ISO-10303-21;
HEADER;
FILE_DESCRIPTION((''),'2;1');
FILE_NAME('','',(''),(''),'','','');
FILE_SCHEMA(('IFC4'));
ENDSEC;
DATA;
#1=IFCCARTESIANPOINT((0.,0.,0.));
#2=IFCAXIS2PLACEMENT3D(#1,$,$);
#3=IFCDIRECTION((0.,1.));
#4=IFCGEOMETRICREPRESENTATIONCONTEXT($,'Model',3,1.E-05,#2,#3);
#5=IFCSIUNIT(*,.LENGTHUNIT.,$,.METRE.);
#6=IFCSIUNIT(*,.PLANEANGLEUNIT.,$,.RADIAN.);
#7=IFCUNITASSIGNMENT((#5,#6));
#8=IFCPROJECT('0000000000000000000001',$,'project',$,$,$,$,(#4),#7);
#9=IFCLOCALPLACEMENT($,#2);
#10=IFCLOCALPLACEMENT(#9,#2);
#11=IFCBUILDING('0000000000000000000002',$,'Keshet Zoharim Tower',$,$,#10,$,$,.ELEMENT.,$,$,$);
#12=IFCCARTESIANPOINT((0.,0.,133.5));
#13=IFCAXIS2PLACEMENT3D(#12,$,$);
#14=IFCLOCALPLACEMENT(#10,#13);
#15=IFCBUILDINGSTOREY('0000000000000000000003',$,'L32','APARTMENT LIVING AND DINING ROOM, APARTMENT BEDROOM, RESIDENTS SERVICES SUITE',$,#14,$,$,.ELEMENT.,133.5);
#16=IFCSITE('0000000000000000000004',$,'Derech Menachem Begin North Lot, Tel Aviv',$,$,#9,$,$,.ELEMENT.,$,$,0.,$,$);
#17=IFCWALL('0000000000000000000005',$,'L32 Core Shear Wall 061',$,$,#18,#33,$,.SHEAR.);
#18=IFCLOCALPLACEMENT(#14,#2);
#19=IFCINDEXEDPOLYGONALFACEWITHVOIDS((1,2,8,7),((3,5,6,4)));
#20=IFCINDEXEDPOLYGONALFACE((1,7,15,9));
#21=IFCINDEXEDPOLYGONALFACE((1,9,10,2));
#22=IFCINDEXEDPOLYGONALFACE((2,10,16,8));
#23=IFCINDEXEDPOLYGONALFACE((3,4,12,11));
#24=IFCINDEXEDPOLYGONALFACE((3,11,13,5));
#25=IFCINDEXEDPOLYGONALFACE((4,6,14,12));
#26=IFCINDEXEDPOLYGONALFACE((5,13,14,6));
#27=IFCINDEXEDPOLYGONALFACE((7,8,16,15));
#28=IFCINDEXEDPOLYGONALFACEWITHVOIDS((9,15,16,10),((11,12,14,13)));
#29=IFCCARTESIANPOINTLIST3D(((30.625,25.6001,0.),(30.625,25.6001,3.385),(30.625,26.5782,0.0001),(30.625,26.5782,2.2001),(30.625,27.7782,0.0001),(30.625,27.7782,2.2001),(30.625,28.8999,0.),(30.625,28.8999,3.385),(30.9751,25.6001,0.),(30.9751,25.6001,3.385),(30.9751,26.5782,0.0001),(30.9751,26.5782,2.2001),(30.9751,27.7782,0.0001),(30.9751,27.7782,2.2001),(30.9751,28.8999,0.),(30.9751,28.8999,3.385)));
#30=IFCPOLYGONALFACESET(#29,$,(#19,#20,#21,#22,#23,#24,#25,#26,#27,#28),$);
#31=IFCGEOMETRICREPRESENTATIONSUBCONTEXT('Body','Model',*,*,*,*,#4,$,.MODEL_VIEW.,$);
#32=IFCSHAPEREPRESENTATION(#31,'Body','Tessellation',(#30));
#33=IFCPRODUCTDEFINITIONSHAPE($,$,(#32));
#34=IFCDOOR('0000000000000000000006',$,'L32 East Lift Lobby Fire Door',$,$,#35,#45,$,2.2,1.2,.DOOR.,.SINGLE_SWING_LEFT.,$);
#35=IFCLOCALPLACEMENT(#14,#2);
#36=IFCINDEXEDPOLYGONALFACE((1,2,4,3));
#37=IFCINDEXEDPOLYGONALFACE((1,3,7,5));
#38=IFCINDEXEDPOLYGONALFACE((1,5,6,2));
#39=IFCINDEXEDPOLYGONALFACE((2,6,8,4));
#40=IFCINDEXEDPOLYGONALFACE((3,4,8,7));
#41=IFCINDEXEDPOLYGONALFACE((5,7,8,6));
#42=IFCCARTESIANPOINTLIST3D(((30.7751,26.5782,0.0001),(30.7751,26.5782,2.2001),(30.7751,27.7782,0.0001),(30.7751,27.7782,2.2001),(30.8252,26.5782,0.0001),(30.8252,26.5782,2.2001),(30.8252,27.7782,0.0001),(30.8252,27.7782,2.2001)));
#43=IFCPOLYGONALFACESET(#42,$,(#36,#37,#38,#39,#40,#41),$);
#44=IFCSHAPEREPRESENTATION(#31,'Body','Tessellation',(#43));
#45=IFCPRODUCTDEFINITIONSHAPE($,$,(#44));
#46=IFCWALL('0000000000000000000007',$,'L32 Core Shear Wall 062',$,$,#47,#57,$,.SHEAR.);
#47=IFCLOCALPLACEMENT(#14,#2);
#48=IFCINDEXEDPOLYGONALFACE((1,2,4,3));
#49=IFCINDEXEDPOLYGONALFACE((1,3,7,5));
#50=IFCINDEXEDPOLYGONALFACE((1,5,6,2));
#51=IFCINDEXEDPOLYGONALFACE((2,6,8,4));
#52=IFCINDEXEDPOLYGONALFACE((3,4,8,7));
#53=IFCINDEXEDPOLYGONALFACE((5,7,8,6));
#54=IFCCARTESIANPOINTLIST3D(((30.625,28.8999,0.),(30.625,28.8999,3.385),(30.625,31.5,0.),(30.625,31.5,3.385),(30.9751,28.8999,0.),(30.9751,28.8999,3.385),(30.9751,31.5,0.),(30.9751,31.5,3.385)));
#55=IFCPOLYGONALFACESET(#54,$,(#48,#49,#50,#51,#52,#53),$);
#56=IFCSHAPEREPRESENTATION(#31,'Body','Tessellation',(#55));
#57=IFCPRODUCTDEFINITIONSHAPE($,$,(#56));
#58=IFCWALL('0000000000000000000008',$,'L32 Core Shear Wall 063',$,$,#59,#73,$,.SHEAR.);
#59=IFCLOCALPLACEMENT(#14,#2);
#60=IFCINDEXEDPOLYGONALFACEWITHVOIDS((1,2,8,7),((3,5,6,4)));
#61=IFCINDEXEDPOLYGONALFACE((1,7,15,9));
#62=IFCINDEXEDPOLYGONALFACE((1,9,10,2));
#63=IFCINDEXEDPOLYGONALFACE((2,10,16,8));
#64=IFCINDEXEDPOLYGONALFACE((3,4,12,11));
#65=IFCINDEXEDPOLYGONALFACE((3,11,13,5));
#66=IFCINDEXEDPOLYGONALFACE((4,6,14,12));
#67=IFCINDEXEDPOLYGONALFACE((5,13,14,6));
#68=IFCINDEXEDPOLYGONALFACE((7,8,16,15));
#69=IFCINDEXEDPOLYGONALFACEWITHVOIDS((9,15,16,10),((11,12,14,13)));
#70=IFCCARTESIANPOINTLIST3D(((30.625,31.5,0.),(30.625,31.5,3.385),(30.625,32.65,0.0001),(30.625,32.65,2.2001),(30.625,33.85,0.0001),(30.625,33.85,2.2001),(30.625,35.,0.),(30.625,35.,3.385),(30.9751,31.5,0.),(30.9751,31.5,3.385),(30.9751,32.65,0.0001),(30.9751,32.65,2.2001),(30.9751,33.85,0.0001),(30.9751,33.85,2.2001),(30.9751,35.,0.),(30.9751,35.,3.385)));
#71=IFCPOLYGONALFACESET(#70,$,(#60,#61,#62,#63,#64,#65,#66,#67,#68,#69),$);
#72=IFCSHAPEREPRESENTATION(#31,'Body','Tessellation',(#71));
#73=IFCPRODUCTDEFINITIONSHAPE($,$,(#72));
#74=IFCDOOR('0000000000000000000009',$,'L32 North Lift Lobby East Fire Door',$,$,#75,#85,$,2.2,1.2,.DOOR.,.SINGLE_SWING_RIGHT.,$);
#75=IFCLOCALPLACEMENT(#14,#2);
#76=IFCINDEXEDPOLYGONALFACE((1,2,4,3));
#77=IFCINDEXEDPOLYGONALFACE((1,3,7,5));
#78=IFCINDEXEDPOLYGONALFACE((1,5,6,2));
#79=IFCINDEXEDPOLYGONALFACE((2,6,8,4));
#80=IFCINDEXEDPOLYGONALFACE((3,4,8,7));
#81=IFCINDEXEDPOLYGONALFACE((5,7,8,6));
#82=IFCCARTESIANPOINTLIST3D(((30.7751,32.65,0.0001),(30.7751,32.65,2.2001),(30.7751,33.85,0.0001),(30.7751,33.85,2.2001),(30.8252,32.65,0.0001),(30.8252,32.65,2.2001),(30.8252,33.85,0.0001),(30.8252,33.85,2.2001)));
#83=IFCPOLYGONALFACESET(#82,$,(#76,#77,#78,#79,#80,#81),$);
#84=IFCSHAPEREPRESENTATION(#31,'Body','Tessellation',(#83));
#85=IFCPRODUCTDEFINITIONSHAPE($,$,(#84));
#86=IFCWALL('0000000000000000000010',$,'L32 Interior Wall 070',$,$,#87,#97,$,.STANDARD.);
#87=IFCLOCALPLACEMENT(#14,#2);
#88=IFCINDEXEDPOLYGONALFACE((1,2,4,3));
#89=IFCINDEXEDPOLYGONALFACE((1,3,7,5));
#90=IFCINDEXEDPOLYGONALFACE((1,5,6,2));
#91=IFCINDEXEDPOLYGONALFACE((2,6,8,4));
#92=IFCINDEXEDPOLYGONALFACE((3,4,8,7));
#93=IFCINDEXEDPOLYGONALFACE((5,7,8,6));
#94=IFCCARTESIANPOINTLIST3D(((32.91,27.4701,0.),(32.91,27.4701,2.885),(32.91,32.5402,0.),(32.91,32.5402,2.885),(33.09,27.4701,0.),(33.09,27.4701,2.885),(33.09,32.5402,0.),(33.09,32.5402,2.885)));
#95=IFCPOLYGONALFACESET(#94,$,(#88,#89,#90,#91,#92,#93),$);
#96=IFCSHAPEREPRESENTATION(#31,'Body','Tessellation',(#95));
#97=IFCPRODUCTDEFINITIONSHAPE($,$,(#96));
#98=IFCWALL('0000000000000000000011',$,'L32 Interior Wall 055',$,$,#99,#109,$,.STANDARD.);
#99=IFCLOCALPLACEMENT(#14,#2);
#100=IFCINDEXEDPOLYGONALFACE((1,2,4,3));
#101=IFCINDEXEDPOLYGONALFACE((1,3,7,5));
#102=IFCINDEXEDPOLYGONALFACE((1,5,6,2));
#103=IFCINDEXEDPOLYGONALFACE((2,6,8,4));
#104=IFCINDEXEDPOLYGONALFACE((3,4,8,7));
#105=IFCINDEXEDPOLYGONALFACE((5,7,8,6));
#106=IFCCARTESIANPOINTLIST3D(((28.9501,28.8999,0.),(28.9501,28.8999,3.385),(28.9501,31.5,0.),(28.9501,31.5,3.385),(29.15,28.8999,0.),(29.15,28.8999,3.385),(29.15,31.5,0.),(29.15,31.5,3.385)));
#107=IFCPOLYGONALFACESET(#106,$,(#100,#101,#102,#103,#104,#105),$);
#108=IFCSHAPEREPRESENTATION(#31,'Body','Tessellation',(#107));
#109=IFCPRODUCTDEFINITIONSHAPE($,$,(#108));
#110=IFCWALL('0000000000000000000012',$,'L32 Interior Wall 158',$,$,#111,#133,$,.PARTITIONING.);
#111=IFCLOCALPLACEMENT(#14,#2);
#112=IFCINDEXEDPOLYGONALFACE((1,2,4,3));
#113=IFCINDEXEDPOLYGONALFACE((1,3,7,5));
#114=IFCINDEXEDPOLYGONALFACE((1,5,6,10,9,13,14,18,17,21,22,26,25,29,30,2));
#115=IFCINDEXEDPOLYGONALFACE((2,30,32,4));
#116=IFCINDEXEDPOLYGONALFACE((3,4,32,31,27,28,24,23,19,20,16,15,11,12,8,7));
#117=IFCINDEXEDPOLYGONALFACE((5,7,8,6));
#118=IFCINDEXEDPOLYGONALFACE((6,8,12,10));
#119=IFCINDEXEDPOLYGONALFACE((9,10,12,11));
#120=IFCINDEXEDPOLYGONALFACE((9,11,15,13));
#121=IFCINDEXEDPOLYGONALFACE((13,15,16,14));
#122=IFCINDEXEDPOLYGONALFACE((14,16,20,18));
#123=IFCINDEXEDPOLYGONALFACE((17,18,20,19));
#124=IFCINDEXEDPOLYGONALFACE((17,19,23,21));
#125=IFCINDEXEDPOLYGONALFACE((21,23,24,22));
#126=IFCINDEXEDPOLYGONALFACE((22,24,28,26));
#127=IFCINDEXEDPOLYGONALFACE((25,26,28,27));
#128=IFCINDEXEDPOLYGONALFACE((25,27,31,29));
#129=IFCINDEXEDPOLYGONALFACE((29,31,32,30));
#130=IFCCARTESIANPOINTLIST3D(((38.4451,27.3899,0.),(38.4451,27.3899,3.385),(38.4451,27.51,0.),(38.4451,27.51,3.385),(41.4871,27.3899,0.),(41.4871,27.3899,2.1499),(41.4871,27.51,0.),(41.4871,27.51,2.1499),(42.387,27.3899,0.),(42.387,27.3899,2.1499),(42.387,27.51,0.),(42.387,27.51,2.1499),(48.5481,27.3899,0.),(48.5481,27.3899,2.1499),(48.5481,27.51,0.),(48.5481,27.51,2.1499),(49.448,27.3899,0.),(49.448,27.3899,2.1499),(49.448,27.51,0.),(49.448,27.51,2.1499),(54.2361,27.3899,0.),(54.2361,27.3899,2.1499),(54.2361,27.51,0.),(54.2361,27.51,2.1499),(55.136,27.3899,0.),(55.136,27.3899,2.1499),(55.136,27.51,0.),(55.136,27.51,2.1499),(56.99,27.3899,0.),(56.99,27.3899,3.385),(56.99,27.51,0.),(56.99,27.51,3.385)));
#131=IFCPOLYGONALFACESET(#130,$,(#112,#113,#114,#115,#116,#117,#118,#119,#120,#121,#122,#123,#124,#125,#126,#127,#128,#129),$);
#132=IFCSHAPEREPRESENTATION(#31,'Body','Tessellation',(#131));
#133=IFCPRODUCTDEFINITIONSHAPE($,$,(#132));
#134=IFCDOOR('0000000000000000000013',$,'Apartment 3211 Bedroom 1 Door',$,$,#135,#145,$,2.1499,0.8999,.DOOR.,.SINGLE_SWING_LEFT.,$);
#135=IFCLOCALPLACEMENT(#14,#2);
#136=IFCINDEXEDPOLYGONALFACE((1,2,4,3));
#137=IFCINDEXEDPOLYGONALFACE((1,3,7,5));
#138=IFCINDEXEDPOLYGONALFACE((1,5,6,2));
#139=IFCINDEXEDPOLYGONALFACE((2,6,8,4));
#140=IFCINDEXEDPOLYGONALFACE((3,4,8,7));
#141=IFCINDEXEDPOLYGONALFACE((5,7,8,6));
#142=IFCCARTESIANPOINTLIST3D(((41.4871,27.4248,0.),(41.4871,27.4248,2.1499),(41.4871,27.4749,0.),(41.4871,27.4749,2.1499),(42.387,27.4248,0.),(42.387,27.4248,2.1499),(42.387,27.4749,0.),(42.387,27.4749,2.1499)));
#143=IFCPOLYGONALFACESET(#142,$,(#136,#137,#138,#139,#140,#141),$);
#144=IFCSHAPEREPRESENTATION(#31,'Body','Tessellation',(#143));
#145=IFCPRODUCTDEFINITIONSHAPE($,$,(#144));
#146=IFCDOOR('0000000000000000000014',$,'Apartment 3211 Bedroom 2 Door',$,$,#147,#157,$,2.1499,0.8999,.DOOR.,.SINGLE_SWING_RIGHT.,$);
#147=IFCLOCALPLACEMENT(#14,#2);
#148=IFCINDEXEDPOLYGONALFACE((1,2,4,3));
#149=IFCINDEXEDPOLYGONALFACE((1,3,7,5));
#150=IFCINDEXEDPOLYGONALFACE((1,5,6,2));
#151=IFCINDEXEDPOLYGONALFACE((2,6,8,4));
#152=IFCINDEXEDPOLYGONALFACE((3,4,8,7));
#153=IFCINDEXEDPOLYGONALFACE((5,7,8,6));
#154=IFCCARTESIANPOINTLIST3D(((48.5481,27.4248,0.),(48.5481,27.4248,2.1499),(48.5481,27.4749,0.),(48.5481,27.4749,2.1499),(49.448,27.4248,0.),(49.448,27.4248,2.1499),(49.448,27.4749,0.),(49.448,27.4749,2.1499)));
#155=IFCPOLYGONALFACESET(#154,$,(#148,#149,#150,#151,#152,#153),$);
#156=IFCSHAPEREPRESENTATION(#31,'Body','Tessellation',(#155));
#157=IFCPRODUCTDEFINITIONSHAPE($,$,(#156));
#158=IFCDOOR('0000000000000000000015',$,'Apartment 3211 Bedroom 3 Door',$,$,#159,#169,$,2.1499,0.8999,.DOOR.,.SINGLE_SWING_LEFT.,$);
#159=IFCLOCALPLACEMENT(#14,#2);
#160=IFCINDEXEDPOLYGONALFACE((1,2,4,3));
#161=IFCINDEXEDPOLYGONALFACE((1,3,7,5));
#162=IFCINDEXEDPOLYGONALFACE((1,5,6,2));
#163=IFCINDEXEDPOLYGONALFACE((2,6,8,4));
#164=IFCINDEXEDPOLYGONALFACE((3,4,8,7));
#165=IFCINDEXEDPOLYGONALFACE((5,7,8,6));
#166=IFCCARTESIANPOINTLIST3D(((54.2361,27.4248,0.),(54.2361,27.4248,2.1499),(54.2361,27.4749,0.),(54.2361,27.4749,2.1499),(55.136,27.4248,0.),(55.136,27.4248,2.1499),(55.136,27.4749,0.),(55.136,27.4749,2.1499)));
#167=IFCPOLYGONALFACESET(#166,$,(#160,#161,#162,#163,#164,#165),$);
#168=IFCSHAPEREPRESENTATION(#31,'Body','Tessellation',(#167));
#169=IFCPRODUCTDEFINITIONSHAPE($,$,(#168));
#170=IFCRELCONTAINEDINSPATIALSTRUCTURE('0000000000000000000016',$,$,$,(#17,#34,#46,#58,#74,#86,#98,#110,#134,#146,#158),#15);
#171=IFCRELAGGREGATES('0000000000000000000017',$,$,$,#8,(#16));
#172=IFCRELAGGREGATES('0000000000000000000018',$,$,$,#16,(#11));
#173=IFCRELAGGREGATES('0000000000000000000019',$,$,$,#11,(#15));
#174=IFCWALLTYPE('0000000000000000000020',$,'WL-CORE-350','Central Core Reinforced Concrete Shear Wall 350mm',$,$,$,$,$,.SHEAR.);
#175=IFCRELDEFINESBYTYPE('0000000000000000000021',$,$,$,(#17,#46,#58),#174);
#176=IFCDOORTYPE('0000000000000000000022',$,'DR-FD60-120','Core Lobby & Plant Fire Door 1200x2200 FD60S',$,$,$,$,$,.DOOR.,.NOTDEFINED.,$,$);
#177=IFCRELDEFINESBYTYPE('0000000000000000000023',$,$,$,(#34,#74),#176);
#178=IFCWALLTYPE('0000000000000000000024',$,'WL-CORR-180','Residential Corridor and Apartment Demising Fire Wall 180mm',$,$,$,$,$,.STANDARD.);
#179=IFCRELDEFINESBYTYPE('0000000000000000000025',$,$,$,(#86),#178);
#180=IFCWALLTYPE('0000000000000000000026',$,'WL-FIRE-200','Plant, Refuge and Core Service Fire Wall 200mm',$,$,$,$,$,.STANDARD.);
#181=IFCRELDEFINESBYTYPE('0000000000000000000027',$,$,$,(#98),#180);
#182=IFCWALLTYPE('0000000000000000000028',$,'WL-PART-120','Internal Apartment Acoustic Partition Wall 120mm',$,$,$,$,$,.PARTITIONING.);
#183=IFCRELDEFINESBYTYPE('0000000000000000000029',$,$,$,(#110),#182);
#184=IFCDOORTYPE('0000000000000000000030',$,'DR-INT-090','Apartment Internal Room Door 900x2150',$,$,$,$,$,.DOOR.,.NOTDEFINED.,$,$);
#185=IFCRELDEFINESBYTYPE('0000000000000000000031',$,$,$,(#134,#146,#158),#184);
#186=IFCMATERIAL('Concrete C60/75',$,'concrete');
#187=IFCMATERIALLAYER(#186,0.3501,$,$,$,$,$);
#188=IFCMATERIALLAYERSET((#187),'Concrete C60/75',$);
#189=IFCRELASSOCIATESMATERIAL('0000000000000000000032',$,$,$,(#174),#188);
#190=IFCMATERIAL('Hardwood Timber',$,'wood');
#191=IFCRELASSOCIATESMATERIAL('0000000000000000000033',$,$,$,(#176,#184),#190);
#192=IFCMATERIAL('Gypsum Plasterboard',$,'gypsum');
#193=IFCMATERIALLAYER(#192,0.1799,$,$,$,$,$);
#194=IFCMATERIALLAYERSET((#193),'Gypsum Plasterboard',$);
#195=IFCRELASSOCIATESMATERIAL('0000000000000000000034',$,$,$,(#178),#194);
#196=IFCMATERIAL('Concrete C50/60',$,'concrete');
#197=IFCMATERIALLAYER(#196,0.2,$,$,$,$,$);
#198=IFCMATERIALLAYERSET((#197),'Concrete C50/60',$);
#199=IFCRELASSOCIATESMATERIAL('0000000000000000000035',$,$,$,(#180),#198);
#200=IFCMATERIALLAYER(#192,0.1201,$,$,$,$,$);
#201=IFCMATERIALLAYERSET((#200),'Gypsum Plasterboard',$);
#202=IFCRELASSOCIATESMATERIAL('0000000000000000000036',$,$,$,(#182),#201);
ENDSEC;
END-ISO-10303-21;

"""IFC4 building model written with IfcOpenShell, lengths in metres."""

from ifc_helpers import new_model, si_unit, direction, frame, frame_2d, origin, place, context, subcontext, project, spatial, rectangle, extrude, material, layer, layer_set, type_object, element, fill, save


model = new_model("IFC4")

# Units and contexts
model_context = context("Model", 3, precision=1e-05, world=origin(), true_north=direction((0.0, 1.0)))
body_context = subcontext(model_context, "Body", "Model", "MODEL_VIEW")
ifc_project = project(units=[si_unit("LENGTHUNIT", "METRE"), si_unit("PLANEANGLEUNIT", "RADIAN")], contexts=[model_context])

# Site, building, storey
site_placement = place(None, origin())
site = spatial("IfcSite", under=ifc_project, at=site_placement, Name="Derech Menachem Begin North Lot, Tel Aviv", CompositionType="ELEMENT", RefElevation=0.0)
building_placement = place(site_placement, origin())
building = spatial("IfcBuilding", under=site, at=building_placement, Name="Keshet Zoharim Tower", CompositionType="ELEMENT")
storey_placement = place(building_placement, frame((0.0, 0.0, 133.5)))
storey = spatial("IfcBuildingStorey", under=building, at=storey_placement, Name="L32", Description="APARTMENT LIVING AND DINING ROOM, APARTMENT BEDROOM, RESIDENTS SERVICES SUITE", CompositionType="ELEMENT", Elevation=133.5)

# Shared definitions
ifc_material_1 = material(Name="Concrete C60/75", Category="concrete")

# Wall, opening, door
ifc_material_2 = material(Name="Gypsum Plasterboard", Category="gypsum")
ifc_material_3 = material(Name="Hardwood Timber", Category="wood")
ifc_layer_1 = layer(ifc_material_1, 0.3501)
ifc_layer_set_1 = layer_set([ifc_layer_1], Name="Concrete C60/75")
wall_type_1 = type_object("IfcWallType", Name="WL-CORE-350", Description="Central Core Reinforced Concrete Shear Wall 350mm", PredefinedType="SHEAR", material=ifc_layer_set_1)
wall_1_placement = place(storey_placement, frame((30.8, 25.6001, 0.0), z_axis=(0.0, 0.0, 1.0), x_axis=(0.0, 1.0, 0.0)))
wall_1 = element("IfcWall", 1, at=wall_1_placement, inside=storey, type_object=wall_type_1, Name="L32 Core Shear Wall 061", PredefinedType="SHEAR", context=body_context, shape_type="SweptSolid", body=[
    extrude(rectangle(XDim=3.2998, YDim=0.3501, at=frame_2d((1.6499, 0.0))), origin(), (0.0, 0.0, 1.0), 3.385),
])
opening_1_placement = place(wall_1_placement, frame((0.978, 0.0, 0.0)))
opening_1 = element("IfcOpeningElement", 2, at=opening_1_placement, cuts=wall_1, PredefinedType="OPENING", context=body_context, shape_type="SweptSolid", body=[
    extrude(rectangle(XDim=1.2, YDim=2.2, at=frame_2d((0.6001, 1.1001))), frame((0.0, 0.1851, 0.0), z_axis=(0.0, -1.0, 0.0), x_axis=(1.0, 0.0, 0.0)), (0.0, 0.0, 1.0), 0.3701),
])
door_type_1 = type_object("IfcDoorType", Name="DR-FD60-120", Description="Core Lobby & Plant Fire Door 1200x2200 FD60S", OperationType="NOTDEFINED", PredefinedType="DOOR", material=ifc_material_3)
door_1_placement = place(opening_1_placement, origin())
door_1 = element("IfcDoor", 3, at=door_1_placement, inside=storey, type_object=door_type_1, Name="L32 East Lift Lobby Fire Door", OperationType="SINGLE_SWING_LEFT", OverallHeight=2.2, OverallWidth=1.2, PredefinedType="DOOR", context=body_context, shape_type="SweptSolid", body=[
    extrude(rectangle(XDim=1.2, YDim=2.2, at=frame_2d((0.6001, 1.1001))), frame((0.0, 0.0249, 0.0), z_axis=(0.0, -1.0, 0.0), x_axis=(1.0, 0.0, 0.0)), (0.0, 0.0, 1.0), 0.05),
])
fill(opening_1, door_1)

# Wall
wall_2_placement = place(storey_placement, frame((30.8, 28.8999, 0.0), z_axis=(0.0, 0.0, 1.0), x_axis=(0.0, 1.0, 0.0)))
element("IfcWall", 4, at=wall_2_placement, inside=storey, type_object=wall_type_1, Name="L32 Core Shear Wall 062", PredefinedType="SHEAR", context=body_context, shape_type="SweptSolid", body=[
    extrude(rectangle(XDim=2.6001, YDim=0.3501, at=frame_2d((1.3, 0.0))), origin(), (0.0, 0.0, 1.0), 3.385),
])

# Wall, opening, door
wall_3_placement = place(storey_placement, frame((30.8, 31.5, 0.0), z_axis=(0.0, 0.0, 1.0), x_axis=(0.0, 1.0, 0.0)))
wall_3 = element("IfcWall", 5, at=wall_3_placement, inside=storey, type_object=wall_type_1, Name="L32 Core Shear Wall 063", PredefinedType="SHEAR", context=body_context, shape_type="SweptSolid", body=[
    extrude(rectangle(XDim=3.5, YDim=0.3501, at=frame_2d((1.75, 0.0))), origin(), (0.0, 0.0, 1.0), 3.385),
])
opening_2_placement = place(wall_3_placement, frame((1.1499, 0.0, 0.0)))
opening_2 = element("IfcOpeningElement", 6, at=opening_2_placement, cuts=wall_3, PredefinedType="OPENING", context=body_context, shape_type="SweptSolid", body=[
    extrude(rectangle(XDim=1.2, YDim=2.2, at=frame_2d((0.6001, 1.1001))), frame((0.0, 0.1851, 0.0), z_axis=(0.0, -1.0, 0.0), x_axis=(1.0, 0.0, 0.0)), (0.0, 0.0, 1.0), 0.3701),
])
door_2_placement = place(opening_2_placement, origin())
door_2 = element("IfcDoor", 7, at=door_2_placement, inside=storey, type_object=door_type_1, Name="L32 North Lift Lobby East Fire Door", OperationType="SINGLE_SWING_RIGHT", OverallHeight=2.2, OverallWidth=1.2, PredefinedType="DOOR", context=body_context, shape_type="SweptSolid", body=[
    extrude(rectangle(XDim=1.2, YDim=2.2, at=frame_2d((0.6001, 1.1001))), frame((0.0, 0.0249, 0.0), z_axis=(0.0, -1.0, 0.0), x_axis=(1.0, 0.0, 0.0)), (0.0, 0.0, 1.0), 0.05),
])
fill(opening_2, door_2)

# Walls
ifc_layer_2 = layer(ifc_material_2, 0.1799)
ifc_layer_set_2 = layer_set([ifc_layer_2], Name="Gypsum Plasterboard")
wall_type_2 = type_object("IfcWallType", Name="WL-CORR-180", Description="Residential Corridor and Apartment Demising Fire Wall 180mm", PredefinedType="STANDARD", material=ifc_layer_set_2)
wall_4_placement = place(storey_placement, frame((33.0, 27.47, 0.0), z_axis=(0.0, 0.0, 1.0), x_axis=(0.0, 1.0, 0.0)))
element("IfcWall", 8, at=wall_4_placement, inside=storey, type_object=wall_type_2, Name="L32 Interior Wall 070", PredefinedType="STANDARD", context=body_context, shape_type="SweptSolid", body=[
    extrude(rectangle(XDim=5.0701, YDim=0.1799, at=frame_2d((2.5352, 0.0))), origin(), (0.0, 0.0, 1.0), 2.885),
])
ifc_material_4 = material(Name="Concrete C50/60", Category="concrete")
ifc_layer_3 = layer(ifc_material_4, 0.2)
ifc_layer_set_3 = layer_set([ifc_layer_3], Name="Concrete C50/60")
wall_type_3 = type_object("IfcWallType", Name="WL-FIRE-200", Description="Plant, Refuge and Core Service Fire Wall 200mm", PredefinedType="STANDARD", material=ifc_layer_set_3)
wall_5_placement = place(storey_placement, frame((29.05, 28.8999, 0.0), z_axis=(0.0, 0.0, 1.0), x_axis=(0.0, 1.0, 0.0)))
element("IfcWall", 9, at=wall_5_placement, inside=storey, type_object=wall_type_3, Name="L32 Interior Wall 055", PredefinedType="STANDARD", context=body_context, shape_type="SweptSolid", body=[
    extrude(rectangle(XDim=2.6001, YDim=0.2, at=frame_2d((1.3, 0.0))), origin(), (0.0, 0.0, 1.0), 3.385),
])

# Shared definitions
ifc_layer_4 = layer(ifc_material_2, 0.1201)
ifc_layer_set_4 = layer_set([ifc_layer_4], Name="Gypsum Plasterboard")
wall_type_4 = type_object("IfcWallType", Name="WL-PART-120", Description="Internal Apartment Acoustic Partition Wall 120mm", PredefinedType="PARTITIONING", material=ifc_layer_set_4)
door_type_2 = type_object("IfcDoorType", Name="DR-INT-090", Description="Apartment Internal Room Door 900x2150", OperationType="NOTDEFINED", PredefinedType="DOOR", material=ifc_material_3)

# Wall, openings, doors
wall_6_placement = place(storey_placement, frame((38.4451, 27.45, 0.0), z_axis=(0.0, 0.0, 1.0), x_axis=(1.0, 0.0, 0.0)))
wall_6 = element("IfcWall", 10, at=wall_6_placement, inside=storey, type_object=wall_type_4, Name="L32 Interior Wall 158", PredefinedType="PARTITIONING", context=body_context, shape_type="SweptSolid", body=[
    extrude(rectangle(XDim=18.5449, YDim=0.1201, at=frame_2d((9.2725, 0.0))), origin(), (0.0, 0.0, 1.0), 3.385),
])
opening_3_placement = place(wall_6_placement, frame((3.042, 0.0, 0.0)))
opening_3 = element("IfcOpeningElement", 11, at=opening_3_placement, cuts=wall_6, PredefinedType="OPENING", context=body_context, shape_type="SweptSolid", body=[
    extrude(rectangle(XDim=0.8999, YDim=2.1499, at=frame_2d((0.45, 1.075))), frame((0.0, 0.0701, 0.0), z_axis=(0.0, -1.0, 0.0), x_axis=(1.0, 0.0, 0.0)), (0.0, 0.0, 1.0), 0.1401),
])
opening_4_placement = place(wall_6_placement, frame((10.103, 0.0, 0.0)))
opening_4 = element("IfcOpeningElement", 12, at=opening_4_placement, cuts=wall_6, PredefinedType="OPENING", context=body_context, shape_type="SweptSolid", body=[
    extrude(rectangle(XDim=0.8999, YDim=2.1499, at=frame_2d((0.45, 1.075))), frame((0.0, 0.0701, 0.0), z_axis=(0.0, -1.0, 0.0), x_axis=(1.0, 0.0, 0.0)), (0.0, 0.0, 1.0), 0.1401),
])
opening_5_placement = place(wall_6_placement, frame((15.791, 0.0, 0.0)))
opening_5 = element("IfcOpeningElement", 13, at=opening_5_placement, cuts=wall_6, PredefinedType="OPENING", context=body_context, shape_type="SweptSolid", body=[
    extrude(rectangle(XDim=0.8999, YDim=2.1499, at=frame_2d((0.45, 1.075))), frame((0.0, 0.0701, 0.0), z_axis=(0.0, -1.0, 0.0), x_axis=(1.0, 0.0, 0.0)), (0.0, 0.0, 1.0), 0.1401),
])
door_3_placement = place(opening_3_placement, origin())
door_3 = element("IfcDoor", 14, at=door_3_placement, inside=storey, type_object=door_type_2, Name="Apartment 3211 Bedroom 1 Door", OperationType="SINGLE_SWING_LEFT", OverallHeight=2.1499, OverallWidth=0.8999, PredefinedType="DOOR", context=body_context, shape_type="SweptSolid", body=[
    extrude(rectangle(XDim=0.8999, YDim=2.1499, at=frame_2d((0.45, 1.075))), frame((0.0, 0.0249, 0.0), z_axis=(0.0, -1.0, 0.0), x_axis=(1.0, 0.0, 0.0)), (0.0, 0.0, 1.0), 0.05),
])
fill(opening_3, door_3)
door_4_placement = place(opening_4_placement, origin())
door_4 = element("IfcDoor", 15, at=door_4_placement, inside=storey, type_object=door_type_2, Name="Apartment 3211 Bedroom 2 Door", OperationType="SINGLE_SWING_RIGHT", OverallHeight=2.1499, OverallWidth=0.8999, PredefinedType="DOOR", context=body_context, shape_type="SweptSolid", body=[
    extrude(rectangle(XDim=0.8999, YDim=2.1499, at=frame_2d((0.45, 1.075))), frame((0.0, 0.0249, 0.0), z_axis=(0.0, -1.0, 0.0), x_axis=(1.0, 0.0, 0.0)), (0.0, 0.0, 1.0), 0.05),
])
fill(opening_4, door_4)
door_5_placement = place(opening_5_placement, origin())
door_5 = element("IfcDoor", 16, at=door_5_placement, inside=storey, type_object=door_type_2, Name="Apartment 3211 Bedroom 3 Door", OperationType="SINGLE_SWING_LEFT", OverallHeight=2.1499, OverallWidth=0.8999, PredefinedType="DOOR", context=body_context, shape_type="SweptSolid", body=[
    extrude(rectangle(XDim=0.8999, YDim=2.1499, at=frame_2d((0.45, 1.075))), frame((0.0, 0.0249, 0.0), z_axis=(0.0, -1.0, 0.0), x_axis=(1.0, 0.0, 0.0)), (0.0, 0.0, 1.0), 0.05),
])
fill(opening_5, door_5)

save(model, "model.ifc")
